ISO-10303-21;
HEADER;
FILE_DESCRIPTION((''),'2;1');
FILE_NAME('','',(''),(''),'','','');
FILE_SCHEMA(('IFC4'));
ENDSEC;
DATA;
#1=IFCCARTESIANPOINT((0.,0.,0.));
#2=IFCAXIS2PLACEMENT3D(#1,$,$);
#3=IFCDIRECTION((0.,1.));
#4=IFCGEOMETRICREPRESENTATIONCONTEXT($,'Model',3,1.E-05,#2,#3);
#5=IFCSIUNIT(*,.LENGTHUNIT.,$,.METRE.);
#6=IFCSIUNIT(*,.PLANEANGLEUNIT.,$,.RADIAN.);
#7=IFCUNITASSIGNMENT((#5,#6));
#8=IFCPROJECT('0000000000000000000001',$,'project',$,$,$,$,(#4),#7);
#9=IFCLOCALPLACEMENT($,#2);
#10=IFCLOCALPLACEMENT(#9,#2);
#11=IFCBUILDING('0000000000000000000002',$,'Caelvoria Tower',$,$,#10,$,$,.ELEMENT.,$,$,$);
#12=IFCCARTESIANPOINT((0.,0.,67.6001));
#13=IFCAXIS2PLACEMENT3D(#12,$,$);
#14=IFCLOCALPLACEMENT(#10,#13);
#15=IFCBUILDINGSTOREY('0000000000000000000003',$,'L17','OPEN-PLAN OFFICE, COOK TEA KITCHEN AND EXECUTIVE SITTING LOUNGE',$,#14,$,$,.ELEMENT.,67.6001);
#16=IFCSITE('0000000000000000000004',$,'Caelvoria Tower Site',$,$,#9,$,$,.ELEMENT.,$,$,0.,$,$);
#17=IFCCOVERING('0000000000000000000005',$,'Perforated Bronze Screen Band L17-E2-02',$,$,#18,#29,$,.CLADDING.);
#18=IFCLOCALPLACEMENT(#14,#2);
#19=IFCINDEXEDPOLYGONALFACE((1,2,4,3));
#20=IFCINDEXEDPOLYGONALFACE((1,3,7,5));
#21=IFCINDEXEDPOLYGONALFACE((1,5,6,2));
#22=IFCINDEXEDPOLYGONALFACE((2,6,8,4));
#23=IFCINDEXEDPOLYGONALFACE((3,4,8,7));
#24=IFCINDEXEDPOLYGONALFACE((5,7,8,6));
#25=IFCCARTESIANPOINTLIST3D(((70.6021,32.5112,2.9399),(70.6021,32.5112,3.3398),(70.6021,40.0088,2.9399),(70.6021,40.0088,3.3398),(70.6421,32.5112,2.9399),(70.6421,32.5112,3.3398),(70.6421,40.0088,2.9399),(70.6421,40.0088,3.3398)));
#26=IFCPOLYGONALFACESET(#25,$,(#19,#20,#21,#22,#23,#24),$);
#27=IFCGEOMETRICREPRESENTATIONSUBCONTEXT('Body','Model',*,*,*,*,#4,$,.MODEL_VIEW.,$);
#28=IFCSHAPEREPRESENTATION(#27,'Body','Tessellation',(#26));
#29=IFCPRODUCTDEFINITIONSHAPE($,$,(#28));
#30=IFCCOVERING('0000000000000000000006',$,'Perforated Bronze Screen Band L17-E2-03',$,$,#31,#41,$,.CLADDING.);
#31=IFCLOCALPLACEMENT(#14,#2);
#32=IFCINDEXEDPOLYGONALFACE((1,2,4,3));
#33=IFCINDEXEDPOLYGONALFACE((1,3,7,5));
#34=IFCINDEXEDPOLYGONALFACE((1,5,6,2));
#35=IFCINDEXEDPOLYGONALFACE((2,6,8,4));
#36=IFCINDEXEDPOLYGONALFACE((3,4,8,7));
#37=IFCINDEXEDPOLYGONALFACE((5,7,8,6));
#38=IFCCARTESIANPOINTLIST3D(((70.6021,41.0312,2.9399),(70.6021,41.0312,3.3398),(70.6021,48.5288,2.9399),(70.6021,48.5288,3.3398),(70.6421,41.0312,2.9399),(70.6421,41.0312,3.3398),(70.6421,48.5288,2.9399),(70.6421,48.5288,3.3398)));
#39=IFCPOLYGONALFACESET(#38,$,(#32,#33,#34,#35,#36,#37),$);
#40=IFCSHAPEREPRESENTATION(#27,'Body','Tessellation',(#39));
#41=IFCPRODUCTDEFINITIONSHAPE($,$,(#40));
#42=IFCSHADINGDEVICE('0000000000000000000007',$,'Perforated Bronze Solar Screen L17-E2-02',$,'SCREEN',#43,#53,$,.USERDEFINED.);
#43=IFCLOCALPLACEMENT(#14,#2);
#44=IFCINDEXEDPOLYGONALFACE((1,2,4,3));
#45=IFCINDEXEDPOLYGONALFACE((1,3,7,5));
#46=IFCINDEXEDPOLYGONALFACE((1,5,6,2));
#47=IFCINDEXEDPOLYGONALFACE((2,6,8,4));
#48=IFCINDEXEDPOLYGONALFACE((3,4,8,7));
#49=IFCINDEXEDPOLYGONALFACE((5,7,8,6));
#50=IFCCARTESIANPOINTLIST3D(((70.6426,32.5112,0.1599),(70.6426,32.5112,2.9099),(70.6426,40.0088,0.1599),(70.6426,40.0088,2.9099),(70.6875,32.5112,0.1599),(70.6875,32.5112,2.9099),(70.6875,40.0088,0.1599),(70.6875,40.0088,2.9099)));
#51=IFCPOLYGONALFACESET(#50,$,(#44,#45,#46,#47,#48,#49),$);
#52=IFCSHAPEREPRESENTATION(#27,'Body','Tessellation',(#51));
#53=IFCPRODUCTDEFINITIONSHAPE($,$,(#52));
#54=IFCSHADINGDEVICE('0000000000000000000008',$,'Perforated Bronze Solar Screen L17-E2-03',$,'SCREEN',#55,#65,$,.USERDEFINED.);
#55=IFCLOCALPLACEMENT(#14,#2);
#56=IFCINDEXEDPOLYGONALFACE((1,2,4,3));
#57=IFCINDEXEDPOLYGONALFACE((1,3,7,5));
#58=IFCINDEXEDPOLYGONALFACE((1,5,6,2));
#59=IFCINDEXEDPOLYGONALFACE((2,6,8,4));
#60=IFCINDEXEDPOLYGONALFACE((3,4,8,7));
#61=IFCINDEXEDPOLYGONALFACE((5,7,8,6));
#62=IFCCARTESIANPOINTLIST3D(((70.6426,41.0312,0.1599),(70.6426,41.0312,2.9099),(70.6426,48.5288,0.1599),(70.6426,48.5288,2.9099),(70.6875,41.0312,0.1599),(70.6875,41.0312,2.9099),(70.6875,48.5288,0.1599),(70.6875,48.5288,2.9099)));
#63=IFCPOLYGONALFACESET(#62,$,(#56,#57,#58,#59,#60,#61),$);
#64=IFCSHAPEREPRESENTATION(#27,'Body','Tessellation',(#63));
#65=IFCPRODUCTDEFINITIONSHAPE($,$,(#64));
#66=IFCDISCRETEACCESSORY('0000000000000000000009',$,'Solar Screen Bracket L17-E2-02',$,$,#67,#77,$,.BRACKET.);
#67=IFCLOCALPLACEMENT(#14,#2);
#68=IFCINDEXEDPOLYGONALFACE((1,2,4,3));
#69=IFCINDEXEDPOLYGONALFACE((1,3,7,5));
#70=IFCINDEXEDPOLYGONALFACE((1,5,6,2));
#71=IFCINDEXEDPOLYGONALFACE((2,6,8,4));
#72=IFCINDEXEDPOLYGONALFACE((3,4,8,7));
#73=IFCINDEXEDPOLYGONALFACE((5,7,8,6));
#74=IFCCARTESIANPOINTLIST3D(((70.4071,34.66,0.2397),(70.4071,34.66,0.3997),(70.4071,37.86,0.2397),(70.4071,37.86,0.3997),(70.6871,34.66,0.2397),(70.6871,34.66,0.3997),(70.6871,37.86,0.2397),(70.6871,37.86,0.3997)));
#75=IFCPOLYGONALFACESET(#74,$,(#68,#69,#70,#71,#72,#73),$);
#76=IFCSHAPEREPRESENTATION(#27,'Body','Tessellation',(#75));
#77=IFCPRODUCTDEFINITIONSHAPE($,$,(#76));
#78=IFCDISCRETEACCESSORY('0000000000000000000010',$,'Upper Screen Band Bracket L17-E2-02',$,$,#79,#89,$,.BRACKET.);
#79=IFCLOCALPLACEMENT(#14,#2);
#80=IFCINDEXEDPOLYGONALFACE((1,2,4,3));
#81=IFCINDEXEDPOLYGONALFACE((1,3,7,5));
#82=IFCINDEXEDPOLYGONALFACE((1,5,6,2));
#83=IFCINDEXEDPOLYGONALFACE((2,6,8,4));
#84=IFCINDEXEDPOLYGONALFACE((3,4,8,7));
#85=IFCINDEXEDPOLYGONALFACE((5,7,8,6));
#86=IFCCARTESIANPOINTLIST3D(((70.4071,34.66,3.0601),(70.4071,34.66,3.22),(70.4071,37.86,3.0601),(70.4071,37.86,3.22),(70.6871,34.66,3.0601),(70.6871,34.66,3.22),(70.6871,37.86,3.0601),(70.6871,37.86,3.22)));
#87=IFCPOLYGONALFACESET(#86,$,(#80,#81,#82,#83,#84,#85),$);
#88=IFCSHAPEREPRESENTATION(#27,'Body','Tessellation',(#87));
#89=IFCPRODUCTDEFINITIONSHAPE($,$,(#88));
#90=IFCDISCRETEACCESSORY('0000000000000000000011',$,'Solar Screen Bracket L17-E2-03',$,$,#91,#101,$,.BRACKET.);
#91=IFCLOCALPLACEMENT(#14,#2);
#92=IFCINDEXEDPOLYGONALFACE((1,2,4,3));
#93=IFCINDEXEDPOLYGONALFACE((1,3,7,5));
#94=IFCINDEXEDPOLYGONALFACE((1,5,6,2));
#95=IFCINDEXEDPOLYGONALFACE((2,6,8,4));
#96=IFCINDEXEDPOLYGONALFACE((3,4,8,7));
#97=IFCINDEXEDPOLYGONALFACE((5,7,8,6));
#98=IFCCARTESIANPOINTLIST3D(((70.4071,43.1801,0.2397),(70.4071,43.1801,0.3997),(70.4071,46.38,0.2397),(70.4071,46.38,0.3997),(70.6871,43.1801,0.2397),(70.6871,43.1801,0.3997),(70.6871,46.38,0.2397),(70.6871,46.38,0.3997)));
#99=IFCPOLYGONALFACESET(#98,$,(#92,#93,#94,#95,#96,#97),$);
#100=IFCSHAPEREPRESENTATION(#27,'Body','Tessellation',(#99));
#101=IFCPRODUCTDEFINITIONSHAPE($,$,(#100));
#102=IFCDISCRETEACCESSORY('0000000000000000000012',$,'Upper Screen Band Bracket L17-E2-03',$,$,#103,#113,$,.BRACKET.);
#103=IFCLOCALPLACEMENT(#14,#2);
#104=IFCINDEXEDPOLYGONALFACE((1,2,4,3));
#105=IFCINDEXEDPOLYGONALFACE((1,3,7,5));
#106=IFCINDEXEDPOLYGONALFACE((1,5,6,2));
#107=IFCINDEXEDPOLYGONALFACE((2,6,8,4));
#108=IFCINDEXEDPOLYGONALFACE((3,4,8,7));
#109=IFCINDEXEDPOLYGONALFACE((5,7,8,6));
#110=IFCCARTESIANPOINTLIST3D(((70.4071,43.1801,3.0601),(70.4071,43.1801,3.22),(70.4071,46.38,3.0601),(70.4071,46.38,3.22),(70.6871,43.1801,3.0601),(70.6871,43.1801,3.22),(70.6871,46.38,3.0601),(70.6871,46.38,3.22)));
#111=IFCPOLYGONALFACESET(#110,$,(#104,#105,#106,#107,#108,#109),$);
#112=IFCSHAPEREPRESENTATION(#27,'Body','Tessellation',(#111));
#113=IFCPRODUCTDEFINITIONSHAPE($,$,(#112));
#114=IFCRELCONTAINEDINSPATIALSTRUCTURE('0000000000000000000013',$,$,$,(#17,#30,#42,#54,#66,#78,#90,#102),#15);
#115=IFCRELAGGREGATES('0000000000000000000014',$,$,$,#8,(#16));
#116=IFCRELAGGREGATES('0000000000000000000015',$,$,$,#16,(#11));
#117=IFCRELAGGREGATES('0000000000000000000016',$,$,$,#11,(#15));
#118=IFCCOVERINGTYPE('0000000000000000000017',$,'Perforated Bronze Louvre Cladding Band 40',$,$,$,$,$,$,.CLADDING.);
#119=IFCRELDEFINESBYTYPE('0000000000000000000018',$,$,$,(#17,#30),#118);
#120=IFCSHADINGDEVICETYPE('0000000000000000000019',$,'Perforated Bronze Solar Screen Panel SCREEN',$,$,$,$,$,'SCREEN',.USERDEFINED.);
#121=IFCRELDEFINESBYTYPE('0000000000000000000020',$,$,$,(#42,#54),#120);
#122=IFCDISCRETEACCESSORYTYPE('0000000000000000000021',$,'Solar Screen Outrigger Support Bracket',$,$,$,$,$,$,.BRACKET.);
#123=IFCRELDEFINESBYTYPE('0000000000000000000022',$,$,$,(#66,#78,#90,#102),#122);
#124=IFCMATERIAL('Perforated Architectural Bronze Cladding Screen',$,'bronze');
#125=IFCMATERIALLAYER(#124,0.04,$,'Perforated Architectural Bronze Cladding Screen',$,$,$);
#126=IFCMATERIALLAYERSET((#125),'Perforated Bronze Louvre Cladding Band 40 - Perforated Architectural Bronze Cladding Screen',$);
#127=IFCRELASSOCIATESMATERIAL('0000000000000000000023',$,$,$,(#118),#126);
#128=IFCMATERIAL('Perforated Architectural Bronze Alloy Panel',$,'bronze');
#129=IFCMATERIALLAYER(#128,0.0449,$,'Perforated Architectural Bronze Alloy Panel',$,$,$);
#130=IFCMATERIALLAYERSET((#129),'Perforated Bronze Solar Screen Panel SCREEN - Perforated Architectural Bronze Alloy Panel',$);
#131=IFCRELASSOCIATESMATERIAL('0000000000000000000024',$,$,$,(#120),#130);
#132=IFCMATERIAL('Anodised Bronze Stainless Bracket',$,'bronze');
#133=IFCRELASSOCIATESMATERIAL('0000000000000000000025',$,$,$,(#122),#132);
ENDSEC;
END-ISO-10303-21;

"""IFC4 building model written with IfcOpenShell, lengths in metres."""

from ifc_helpers import new_model, si_unit, direction, frame, origin, origin_2d, place, context, subcontext, project, spatial, rectangle, extrude, material, layer, layer_set, type_object, element, save


model = new_model("IFC4")

# Units and contexts
model_context = context("Model", 3, precision=1e-05, world=origin(), true_north=direction((0.0, 1.0)))
body_context = subcontext(model_context, "Body", "Model", "MODEL_VIEW")
ifc_project = project(units=[si_unit("LENGTHUNIT", "METRE"), si_unit("PLANEANGLEUNIT", "RADIAN")], contexts=[model_context])

# Site, building, storey
site_placement = place(None, origin())
site = spatial("IfcSite", under=ifc_project, at=site_placement, Name="Caelvoria Tower Site", CompositionType="ELEMENT", RefElevation=0.0)
building_placement = place(site_placement, origin())
building = spatial("IfcBuilding", under=site, at=building_placement, Name="Caelvoria Tower", CompositionType="ELEMENT")
storey_placement = place(building_placement, frame((0.0, 0.0, 67.6001)))
storey = spatial("IfcBuildingStorey", under=building, at=storey_placement, Name="L17", Description="OPEN-PLAN OFFICE, COOK TEA KITCHEN AND EXECUTIVE SITTING LOUNGE", CompositionType="ELEMENT", Elevation=67.6001)

# Coverings
ifc_material_1 = material(Name="Perforated Architectural Bronze Cladding Screen", Category="bronze")
ifc_layer_1 = layer(ifc_material_1, 0.04, Name="Perforated Architectural Bronze Cladding Screen")
ifc_layer_set_1 = layer_set([ifc_layer_1], Name="Perforated Bronze Louvre Cladding Band 40 - Perforated Architectural Bronze Cladding Screen")
covering_type = type_object("IfcCoveringType", Name="Perforated Bronze Louvre Cladding Band 40", PredefinedType="CLADDING", material=ifc_layer_set_1)
for number, where, z_axis, x_axis, name in (
    (1, (70.6221, 36.26, 2.9399), (0.0, 0.0, 1.0), (0.0, 1.0, 0.0), "Perforated Bronze Screen Band L17-E2-02"),
    (2, (70.6221, 44.78, 2.9399), (0.0, 0.0, 1.0), (0.0, 1.0, 0.0), "Perforated Bronze Screen Band L17-E2-03"),
):
    element("IfcCovering", number, at=place(storey_placement, frame(where, z_axis=z_axis, x_axis=x_axis)), inside=storey, type_object=covering_type, Name=name, PredefinedType="CLADDING", context=body_context, shape_type="SweptSolid", body=[
        extrude(rectangle(XDim=7.4976, YDim=0.04, at=origin_2d()), origin(), (0.0, 0.0, 1.0), 0.3999),
    ])

# Shading devices
ifc_material_2 = material(Name="Perforated Architectural Bronze Alloy Panel", Category="bronze")
ifc_layer_2 = layer(ifc_material_2, 0.0449, Name="Perforated Architectural Bronze Alloy Panel")
ifc_layer_set_2 = layer_set([ifc_layer_2], Name="Perforated Bronze Solar Screen Panel SCREEN - Perforated Architectural Bronze Alloy Panel")
shading_device_type = type_object("IfcShadingDeviceType", Name="Perforated Bronze Solar Screen Panel SCREEN", ElementType="SCREEN", PredefinedType="USERDEFINED", material=ifc_layer_set_2)
for number, where, z_axis, x_axis, name in (
    (3, (70.665, 36.26, 0.1599), (0.0, 0.0, 1.0), (0.0, 1.0, 0.0), "Perforated Bronze Solar Screen L17-E2-02"),
    (4, (70.665, 44.78, 0.1599), (0.0, 0.0, 1.0), (0.0, 1.0, 0.0), "Perforated Bronze Solar Screen L17-E2-03"),
):
    element("IfcShadingDevice", number, at=place(storey_placement, frame(where, z_axis=z_axis, x_axis=x_axis)), inside=storey, type_object=shading_device_type, Name=name, ObjectType="SCREEN", PredefinedType="USERDEFINED", context=body_context, shape_type="SweptSolid", body=[
        extrude(rectangle(XDim=7.4976, YDim=0.0449, at=origin_2d()), origin(), (0.0, 0.0, 1.0), 2.75),
    ])

# Discrete accessories
ifc_material_3 = material(Name="Anodised Bronze Stainless Bracket", Category="bronze")
discrete_accessory_type = type_object("IfcDiscreteAccessoryType", Name="Solar Screen Outrigger Support Bracket", PredefinedType="BRACKET", material=ifc_material_3)
for number, where, z_axis, x_axis, name in (
    (5, (70.5471, 36.26, 0.2397), (0.0, 0.0, 1.0), (0.0, 1.0, 0.0), "Solar Screen Bracket L17-E2-02"),
    (6, (70.5471, 36.26, 3.0601), (0.0, 0.0, 1.0), (0.0, 1.0, 0.0), "Upper Screen Band Bracket L17-E2-02"),
    (7, (70.5471, 44.78, 0.2397), (0.0, 0.0, 1.0), (0.0, 1.0, 0.0), "Solar Screen Bracket L17-E2-03"),
    (8, (70.5471, 44.78, 3.0601), (0.0, 0.0, 1.0), (0.0, 1.0, 0.0), "Upper Screen Band Bracket L17-E2-03"),
):
    element("IfcDiscreteAccessory", number, at=place(storey_placement, frame(where, z_axis=z_axis, x_axis=x_axis)), inside=storey, type_object=discrete_accessory_type, Name=name, PredefinedType="BRACKET", context=body_context, shape_type="SweptSolid", body=[
        extrude(rectangle(XDim=3.2, YDim=0.28, at=origin_2d()), origin(), (0.0, 0.0, 1.0), 0.1599),
    ])

save(model, "model.ifc")
